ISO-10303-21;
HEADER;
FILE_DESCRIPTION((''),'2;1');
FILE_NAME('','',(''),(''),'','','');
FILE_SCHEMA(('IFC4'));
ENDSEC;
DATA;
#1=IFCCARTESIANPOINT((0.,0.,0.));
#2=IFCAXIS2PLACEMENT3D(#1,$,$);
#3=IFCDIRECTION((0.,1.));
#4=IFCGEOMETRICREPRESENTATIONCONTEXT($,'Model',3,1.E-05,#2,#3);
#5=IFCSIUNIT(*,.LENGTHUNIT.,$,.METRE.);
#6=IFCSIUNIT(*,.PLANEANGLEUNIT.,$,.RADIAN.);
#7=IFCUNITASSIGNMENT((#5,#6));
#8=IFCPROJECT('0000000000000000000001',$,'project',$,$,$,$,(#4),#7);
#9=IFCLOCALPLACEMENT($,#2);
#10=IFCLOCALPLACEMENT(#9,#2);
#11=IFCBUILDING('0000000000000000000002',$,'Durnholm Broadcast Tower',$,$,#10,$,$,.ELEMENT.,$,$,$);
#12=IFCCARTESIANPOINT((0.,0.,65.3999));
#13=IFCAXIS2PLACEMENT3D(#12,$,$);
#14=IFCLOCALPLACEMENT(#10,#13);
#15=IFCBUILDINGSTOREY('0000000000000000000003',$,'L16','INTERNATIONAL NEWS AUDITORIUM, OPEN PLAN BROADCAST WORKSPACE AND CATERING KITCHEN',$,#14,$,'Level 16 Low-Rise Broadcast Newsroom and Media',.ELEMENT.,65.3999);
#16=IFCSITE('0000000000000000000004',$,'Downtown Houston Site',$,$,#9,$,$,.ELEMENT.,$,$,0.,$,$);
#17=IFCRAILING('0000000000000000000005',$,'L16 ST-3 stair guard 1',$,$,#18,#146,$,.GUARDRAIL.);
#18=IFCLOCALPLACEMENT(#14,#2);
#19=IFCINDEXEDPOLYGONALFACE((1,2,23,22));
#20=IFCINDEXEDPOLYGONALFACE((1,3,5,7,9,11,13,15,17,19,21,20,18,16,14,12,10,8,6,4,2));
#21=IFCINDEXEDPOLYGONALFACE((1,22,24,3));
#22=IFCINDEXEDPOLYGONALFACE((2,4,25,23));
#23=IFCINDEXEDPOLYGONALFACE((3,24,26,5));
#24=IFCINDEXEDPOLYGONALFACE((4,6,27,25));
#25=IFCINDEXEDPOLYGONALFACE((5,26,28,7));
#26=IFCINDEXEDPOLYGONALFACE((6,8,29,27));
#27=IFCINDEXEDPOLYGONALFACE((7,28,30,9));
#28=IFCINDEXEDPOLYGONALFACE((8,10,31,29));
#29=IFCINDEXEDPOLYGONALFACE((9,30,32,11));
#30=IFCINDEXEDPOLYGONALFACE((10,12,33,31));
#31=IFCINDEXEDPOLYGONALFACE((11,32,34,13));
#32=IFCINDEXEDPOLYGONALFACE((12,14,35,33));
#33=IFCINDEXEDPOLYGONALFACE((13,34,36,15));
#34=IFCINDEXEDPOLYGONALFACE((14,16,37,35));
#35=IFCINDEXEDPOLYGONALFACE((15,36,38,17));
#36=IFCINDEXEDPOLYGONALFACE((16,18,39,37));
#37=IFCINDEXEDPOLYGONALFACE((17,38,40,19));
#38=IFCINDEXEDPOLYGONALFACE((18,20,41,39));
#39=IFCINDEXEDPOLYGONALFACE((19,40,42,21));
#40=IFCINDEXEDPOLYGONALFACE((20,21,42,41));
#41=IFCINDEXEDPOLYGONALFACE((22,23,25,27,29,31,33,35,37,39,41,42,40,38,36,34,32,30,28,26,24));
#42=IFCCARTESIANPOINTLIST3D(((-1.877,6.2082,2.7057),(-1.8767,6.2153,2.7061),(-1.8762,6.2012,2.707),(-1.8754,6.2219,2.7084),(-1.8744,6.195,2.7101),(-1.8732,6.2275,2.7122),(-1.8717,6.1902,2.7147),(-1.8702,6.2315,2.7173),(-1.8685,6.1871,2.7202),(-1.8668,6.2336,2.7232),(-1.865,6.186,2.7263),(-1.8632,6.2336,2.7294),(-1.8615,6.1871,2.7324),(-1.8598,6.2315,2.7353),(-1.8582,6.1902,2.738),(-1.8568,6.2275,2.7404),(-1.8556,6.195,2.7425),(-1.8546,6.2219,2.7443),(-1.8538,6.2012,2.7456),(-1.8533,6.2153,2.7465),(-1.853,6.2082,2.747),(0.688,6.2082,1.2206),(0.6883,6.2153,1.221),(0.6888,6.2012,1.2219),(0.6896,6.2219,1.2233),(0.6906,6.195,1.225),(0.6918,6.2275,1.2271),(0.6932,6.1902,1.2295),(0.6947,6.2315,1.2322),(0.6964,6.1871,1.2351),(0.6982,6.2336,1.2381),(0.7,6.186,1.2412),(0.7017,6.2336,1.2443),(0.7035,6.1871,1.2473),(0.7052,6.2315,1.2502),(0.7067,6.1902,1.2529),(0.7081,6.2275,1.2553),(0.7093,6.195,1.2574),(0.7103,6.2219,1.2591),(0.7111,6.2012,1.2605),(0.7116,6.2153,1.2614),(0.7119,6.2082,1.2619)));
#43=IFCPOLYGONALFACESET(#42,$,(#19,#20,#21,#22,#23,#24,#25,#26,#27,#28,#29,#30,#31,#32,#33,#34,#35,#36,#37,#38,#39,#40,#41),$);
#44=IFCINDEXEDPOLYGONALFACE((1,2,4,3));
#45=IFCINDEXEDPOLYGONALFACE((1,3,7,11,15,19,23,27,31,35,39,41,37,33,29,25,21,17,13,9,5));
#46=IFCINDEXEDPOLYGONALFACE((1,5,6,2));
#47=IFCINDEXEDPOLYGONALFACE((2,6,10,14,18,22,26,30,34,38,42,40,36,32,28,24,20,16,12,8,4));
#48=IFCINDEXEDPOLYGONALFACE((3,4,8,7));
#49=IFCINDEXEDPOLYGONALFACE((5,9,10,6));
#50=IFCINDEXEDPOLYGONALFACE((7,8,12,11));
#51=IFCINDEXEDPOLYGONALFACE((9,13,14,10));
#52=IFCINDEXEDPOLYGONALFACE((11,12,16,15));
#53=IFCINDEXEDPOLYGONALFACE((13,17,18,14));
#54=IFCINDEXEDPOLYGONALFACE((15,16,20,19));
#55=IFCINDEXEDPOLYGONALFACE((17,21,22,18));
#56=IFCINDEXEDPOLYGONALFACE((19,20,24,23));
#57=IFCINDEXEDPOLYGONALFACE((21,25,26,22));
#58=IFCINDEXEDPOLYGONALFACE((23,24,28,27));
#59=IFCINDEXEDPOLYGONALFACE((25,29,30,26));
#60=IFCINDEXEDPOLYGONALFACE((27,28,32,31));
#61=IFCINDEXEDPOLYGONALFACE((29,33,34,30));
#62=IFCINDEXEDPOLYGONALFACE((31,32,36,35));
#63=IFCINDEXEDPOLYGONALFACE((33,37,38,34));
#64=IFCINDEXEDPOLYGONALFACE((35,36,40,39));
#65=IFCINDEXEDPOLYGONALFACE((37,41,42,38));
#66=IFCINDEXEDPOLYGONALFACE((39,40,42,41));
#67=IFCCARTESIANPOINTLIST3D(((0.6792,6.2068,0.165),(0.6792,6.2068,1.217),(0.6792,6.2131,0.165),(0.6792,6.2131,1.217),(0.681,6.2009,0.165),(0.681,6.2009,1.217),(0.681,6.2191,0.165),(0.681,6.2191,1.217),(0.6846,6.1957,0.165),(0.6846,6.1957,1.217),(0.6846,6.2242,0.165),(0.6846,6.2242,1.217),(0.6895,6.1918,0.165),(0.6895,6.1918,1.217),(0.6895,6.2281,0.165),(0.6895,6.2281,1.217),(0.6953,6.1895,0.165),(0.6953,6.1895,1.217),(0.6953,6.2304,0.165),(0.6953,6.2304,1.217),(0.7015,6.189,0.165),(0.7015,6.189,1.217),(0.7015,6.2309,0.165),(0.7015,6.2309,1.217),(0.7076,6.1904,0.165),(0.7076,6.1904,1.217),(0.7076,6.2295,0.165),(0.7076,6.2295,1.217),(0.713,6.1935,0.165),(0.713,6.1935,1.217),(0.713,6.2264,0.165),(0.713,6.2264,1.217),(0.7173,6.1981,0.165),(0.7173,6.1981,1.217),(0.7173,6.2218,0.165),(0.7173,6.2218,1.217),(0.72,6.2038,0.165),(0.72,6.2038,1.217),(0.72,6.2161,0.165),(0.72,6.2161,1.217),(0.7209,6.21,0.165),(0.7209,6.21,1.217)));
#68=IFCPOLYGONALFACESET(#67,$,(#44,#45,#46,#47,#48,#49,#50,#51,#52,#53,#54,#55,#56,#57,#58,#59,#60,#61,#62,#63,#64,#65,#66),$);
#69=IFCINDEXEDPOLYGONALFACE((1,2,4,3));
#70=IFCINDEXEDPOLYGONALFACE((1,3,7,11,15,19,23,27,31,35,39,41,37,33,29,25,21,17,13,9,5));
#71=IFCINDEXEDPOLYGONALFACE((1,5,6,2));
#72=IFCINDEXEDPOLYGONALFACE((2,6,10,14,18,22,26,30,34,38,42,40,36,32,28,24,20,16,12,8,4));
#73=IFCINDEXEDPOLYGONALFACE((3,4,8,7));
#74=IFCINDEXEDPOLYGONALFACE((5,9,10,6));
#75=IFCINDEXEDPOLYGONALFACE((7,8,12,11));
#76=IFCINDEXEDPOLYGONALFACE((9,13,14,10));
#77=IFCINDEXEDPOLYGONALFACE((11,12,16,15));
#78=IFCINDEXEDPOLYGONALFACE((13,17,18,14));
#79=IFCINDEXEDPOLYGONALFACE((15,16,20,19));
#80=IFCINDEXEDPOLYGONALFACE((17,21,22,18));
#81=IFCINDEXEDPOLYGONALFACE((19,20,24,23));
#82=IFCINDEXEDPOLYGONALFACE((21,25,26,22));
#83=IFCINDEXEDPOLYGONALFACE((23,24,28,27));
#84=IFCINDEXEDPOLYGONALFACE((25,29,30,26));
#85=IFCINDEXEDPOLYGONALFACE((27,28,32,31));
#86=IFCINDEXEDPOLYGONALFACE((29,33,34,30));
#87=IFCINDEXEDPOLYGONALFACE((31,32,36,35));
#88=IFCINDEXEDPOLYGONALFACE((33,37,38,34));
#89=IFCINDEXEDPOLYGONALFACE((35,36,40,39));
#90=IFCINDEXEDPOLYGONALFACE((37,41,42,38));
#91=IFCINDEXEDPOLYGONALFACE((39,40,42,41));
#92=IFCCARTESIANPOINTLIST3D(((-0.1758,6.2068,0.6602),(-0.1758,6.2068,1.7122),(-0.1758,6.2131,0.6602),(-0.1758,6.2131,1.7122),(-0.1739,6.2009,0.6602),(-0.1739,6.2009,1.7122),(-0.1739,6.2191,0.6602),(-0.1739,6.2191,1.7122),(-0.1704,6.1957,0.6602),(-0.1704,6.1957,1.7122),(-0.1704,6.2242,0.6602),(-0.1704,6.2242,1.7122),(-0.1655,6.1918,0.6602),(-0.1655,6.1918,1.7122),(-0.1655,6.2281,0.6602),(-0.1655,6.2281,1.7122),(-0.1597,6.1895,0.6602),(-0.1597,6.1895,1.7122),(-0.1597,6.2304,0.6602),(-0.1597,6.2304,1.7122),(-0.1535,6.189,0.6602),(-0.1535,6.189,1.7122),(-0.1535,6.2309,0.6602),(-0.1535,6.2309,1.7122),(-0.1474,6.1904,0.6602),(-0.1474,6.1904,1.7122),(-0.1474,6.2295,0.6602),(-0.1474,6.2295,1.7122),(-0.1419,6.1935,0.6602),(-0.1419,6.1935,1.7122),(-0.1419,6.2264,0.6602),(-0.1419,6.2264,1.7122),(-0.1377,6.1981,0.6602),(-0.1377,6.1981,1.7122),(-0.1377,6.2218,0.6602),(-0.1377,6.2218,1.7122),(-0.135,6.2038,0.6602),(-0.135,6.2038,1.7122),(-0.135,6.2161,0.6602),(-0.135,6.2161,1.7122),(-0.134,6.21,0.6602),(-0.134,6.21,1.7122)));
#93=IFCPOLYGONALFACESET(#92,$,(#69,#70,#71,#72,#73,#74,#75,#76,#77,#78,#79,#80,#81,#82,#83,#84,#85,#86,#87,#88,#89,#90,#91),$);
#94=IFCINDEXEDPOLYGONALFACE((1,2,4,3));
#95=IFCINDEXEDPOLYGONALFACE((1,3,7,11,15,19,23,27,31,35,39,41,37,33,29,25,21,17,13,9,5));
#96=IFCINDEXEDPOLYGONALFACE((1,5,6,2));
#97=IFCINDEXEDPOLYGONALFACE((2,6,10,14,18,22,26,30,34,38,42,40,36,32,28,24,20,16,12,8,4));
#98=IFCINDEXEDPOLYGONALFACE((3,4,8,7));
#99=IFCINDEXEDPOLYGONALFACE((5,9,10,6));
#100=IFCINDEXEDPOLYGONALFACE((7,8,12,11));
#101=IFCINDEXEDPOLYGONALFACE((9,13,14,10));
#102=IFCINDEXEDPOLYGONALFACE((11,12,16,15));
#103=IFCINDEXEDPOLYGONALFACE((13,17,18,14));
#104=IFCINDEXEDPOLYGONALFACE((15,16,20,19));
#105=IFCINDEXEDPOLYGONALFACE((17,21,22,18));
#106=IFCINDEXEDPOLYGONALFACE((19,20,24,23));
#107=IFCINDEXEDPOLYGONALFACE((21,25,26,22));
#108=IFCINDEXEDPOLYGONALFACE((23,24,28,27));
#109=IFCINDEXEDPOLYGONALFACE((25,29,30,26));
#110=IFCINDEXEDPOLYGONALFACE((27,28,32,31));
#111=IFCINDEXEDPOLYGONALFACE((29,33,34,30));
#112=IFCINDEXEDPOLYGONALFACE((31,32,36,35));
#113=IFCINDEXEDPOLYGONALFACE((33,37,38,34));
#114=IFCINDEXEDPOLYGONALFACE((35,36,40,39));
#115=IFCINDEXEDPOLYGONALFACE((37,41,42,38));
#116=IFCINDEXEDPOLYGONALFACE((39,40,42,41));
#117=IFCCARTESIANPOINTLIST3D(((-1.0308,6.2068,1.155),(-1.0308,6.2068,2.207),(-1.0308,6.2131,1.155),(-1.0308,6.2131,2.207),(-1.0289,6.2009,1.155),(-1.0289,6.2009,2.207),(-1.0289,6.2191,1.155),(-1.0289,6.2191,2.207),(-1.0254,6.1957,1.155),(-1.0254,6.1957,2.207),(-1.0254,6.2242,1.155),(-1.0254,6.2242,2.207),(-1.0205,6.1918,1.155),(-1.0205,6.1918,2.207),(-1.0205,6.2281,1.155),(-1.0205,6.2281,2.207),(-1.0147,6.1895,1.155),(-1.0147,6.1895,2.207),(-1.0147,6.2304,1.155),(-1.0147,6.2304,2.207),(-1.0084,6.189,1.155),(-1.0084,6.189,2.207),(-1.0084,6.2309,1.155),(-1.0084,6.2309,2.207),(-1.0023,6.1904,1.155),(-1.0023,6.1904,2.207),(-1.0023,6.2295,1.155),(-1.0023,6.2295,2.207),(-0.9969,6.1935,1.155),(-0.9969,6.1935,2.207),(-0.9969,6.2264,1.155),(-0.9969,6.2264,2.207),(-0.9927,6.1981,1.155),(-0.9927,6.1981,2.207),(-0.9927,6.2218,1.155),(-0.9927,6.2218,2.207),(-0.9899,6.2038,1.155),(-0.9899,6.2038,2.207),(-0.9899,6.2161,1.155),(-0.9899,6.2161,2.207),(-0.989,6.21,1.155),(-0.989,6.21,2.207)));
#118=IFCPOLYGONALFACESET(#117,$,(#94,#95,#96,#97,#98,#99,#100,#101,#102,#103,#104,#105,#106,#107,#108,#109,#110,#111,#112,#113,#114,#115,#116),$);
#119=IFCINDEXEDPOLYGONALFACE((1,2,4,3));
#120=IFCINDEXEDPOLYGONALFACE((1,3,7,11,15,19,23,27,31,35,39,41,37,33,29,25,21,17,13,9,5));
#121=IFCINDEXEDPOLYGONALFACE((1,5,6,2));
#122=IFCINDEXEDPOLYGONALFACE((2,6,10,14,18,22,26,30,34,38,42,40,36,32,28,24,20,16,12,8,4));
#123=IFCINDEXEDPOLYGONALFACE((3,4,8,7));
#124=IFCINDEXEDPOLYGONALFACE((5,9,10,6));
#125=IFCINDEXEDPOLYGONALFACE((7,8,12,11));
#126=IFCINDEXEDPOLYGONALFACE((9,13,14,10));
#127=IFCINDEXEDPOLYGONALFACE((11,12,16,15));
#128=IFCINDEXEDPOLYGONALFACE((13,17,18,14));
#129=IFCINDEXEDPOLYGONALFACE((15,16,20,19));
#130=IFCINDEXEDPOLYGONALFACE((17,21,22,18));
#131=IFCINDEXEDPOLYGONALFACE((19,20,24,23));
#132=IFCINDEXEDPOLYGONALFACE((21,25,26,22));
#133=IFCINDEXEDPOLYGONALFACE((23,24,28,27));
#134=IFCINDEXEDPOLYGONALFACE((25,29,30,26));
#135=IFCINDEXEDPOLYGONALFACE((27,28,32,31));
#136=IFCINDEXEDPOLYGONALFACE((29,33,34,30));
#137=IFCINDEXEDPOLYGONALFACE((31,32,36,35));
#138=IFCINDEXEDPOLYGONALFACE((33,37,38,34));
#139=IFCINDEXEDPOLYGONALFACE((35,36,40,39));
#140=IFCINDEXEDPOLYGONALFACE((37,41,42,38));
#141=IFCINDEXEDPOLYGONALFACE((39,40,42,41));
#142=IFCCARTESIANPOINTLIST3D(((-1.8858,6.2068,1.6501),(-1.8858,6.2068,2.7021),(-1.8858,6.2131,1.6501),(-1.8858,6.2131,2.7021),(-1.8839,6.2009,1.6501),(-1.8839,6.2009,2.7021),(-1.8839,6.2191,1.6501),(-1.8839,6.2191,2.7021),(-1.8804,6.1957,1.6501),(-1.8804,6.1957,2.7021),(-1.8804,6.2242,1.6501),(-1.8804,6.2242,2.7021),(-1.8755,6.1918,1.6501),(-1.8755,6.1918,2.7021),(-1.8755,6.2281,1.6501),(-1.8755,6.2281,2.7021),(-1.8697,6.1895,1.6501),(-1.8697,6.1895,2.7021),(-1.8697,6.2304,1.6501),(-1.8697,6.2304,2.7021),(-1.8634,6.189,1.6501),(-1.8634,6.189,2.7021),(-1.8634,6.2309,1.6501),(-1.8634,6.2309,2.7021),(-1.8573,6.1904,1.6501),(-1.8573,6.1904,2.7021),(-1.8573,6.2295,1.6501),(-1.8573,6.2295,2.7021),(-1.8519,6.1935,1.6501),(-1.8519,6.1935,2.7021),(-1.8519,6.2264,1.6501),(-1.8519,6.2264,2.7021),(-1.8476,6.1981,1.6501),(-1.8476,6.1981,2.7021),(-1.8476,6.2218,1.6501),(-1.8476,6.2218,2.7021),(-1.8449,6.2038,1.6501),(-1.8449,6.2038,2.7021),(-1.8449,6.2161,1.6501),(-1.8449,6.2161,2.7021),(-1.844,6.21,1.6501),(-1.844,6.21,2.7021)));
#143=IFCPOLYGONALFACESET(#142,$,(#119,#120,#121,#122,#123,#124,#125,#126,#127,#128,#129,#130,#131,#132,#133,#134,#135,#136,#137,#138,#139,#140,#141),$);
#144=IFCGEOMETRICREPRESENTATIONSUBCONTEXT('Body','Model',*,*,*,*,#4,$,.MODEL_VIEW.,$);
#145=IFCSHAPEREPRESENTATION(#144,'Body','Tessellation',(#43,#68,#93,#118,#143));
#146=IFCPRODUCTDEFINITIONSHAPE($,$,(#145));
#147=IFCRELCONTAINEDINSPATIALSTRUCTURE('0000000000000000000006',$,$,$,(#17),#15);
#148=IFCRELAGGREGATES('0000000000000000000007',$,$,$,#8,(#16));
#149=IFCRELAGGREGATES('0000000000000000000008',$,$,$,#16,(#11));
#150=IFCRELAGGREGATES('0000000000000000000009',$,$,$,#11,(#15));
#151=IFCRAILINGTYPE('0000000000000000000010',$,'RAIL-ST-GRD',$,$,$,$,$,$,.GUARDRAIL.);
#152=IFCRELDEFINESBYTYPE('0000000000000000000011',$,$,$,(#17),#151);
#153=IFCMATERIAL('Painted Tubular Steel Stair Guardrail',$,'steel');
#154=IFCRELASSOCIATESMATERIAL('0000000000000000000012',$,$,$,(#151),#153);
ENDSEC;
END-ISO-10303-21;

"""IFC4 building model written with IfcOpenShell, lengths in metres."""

from ifc_helpers import new_model, si_unit, direction, frame, origin, origin_2d, place, context, subcontext, project, spatial, circle, extrude, material, type_object, element, save


model = new_model("IFC4")

# Units and contexts
model_context = context("Model", 3, precision=1e-05, world=origin(), true_north=direction((0.0, 1.0)))
body_context = subcontext(model_context, "Body", "Model", "MODEL_VIEW")
ifc_project = project(units=[si_unit("LENGTHUNIT", "METRE"), si_unit("PLANEANGLEUNIT", "RADIAN")], contexts=[model_context])

# Site, building, storey
site_placement = place(None, origin())
site = spatial("IfcSite", under=ifc_project, at=site_placement, Name="Downtown Houston Site", CompositionType="ELEMENT", RefElevation=0.0)
building_placement = place(site_placement, origin())
building = spatial("IfcBuilding", under=site, at=building_placement, Name="Durnholm Broadcast Tower", CompositionType="ELEMENT")
storey_placement = place(building_placement, frame((0.0, 0.0, 65.3999)))
storey = spatial("IfcBuildingStorey", under=building, at=storey_placement, Name="L16", Description="INTERNATIONAL NEWS AUDITORIUM, OPEN PLAN BROADCAST WORKSPACE AND CATERING KITCHEN", LongName="Level 16 Low-Rise Broadcast Newsroom and Media", CompositionType="ELEMENT", Elevation=65.3999)

# Railing
ifc_material_1 = material(Name="Painted Tubular Steel Stair Guardrail", Category="steel")
railing_type_1 = type_object("IfcRailingType", Name="RAIL-ST-GRD", PredefinedType="GUARDRAIL", material=ifc_material_1)
railing_1_placement = place(storey_placement, frame((0.7, 6.21, 0.165)))
element("IfcRailing", 1, at=railing_1_placement, inside=storey, type_object=railing_type_1, Name="L16 ST-3 stair guard 1", PredefinedType="GUARDRAIL", context=body_context, shape_type="SweptSolid", body=[
    extrude(circle(Radius=0.0239, at=origin_2d()), frame((0.0, 0.0, 1.0762), z_axis=(-0.865406, 0.0, 0.501072), x_axis=(0.0, -1.0, 0.0)), (0.0, 0.0, 1.0), 2.9639),
    extrude(circle(Radius=0.021, at=origin_2d()), origin(), (0.0, 0.0, 1.0), 1.052),
    extrude(circle(Radius=0.021, at=origin_2d()), frame((-0.855, 0.0, 0.4951)), (0.0, 0.0, 1.0), 1.052),
    extrude(circle(Radius=0.021, at=origin_2d()), frame((-1.71, 0.0, 0.99)), (0.0, 0.0, 1.0), 1.052),
    extrude(circle(Radius=0.021, at=origin_2d()), frame((-2.5649, 0.0, 1.4851)), (0.0, 0.0, 1.0), 1.052),
])

save(model, "model.ifc")
